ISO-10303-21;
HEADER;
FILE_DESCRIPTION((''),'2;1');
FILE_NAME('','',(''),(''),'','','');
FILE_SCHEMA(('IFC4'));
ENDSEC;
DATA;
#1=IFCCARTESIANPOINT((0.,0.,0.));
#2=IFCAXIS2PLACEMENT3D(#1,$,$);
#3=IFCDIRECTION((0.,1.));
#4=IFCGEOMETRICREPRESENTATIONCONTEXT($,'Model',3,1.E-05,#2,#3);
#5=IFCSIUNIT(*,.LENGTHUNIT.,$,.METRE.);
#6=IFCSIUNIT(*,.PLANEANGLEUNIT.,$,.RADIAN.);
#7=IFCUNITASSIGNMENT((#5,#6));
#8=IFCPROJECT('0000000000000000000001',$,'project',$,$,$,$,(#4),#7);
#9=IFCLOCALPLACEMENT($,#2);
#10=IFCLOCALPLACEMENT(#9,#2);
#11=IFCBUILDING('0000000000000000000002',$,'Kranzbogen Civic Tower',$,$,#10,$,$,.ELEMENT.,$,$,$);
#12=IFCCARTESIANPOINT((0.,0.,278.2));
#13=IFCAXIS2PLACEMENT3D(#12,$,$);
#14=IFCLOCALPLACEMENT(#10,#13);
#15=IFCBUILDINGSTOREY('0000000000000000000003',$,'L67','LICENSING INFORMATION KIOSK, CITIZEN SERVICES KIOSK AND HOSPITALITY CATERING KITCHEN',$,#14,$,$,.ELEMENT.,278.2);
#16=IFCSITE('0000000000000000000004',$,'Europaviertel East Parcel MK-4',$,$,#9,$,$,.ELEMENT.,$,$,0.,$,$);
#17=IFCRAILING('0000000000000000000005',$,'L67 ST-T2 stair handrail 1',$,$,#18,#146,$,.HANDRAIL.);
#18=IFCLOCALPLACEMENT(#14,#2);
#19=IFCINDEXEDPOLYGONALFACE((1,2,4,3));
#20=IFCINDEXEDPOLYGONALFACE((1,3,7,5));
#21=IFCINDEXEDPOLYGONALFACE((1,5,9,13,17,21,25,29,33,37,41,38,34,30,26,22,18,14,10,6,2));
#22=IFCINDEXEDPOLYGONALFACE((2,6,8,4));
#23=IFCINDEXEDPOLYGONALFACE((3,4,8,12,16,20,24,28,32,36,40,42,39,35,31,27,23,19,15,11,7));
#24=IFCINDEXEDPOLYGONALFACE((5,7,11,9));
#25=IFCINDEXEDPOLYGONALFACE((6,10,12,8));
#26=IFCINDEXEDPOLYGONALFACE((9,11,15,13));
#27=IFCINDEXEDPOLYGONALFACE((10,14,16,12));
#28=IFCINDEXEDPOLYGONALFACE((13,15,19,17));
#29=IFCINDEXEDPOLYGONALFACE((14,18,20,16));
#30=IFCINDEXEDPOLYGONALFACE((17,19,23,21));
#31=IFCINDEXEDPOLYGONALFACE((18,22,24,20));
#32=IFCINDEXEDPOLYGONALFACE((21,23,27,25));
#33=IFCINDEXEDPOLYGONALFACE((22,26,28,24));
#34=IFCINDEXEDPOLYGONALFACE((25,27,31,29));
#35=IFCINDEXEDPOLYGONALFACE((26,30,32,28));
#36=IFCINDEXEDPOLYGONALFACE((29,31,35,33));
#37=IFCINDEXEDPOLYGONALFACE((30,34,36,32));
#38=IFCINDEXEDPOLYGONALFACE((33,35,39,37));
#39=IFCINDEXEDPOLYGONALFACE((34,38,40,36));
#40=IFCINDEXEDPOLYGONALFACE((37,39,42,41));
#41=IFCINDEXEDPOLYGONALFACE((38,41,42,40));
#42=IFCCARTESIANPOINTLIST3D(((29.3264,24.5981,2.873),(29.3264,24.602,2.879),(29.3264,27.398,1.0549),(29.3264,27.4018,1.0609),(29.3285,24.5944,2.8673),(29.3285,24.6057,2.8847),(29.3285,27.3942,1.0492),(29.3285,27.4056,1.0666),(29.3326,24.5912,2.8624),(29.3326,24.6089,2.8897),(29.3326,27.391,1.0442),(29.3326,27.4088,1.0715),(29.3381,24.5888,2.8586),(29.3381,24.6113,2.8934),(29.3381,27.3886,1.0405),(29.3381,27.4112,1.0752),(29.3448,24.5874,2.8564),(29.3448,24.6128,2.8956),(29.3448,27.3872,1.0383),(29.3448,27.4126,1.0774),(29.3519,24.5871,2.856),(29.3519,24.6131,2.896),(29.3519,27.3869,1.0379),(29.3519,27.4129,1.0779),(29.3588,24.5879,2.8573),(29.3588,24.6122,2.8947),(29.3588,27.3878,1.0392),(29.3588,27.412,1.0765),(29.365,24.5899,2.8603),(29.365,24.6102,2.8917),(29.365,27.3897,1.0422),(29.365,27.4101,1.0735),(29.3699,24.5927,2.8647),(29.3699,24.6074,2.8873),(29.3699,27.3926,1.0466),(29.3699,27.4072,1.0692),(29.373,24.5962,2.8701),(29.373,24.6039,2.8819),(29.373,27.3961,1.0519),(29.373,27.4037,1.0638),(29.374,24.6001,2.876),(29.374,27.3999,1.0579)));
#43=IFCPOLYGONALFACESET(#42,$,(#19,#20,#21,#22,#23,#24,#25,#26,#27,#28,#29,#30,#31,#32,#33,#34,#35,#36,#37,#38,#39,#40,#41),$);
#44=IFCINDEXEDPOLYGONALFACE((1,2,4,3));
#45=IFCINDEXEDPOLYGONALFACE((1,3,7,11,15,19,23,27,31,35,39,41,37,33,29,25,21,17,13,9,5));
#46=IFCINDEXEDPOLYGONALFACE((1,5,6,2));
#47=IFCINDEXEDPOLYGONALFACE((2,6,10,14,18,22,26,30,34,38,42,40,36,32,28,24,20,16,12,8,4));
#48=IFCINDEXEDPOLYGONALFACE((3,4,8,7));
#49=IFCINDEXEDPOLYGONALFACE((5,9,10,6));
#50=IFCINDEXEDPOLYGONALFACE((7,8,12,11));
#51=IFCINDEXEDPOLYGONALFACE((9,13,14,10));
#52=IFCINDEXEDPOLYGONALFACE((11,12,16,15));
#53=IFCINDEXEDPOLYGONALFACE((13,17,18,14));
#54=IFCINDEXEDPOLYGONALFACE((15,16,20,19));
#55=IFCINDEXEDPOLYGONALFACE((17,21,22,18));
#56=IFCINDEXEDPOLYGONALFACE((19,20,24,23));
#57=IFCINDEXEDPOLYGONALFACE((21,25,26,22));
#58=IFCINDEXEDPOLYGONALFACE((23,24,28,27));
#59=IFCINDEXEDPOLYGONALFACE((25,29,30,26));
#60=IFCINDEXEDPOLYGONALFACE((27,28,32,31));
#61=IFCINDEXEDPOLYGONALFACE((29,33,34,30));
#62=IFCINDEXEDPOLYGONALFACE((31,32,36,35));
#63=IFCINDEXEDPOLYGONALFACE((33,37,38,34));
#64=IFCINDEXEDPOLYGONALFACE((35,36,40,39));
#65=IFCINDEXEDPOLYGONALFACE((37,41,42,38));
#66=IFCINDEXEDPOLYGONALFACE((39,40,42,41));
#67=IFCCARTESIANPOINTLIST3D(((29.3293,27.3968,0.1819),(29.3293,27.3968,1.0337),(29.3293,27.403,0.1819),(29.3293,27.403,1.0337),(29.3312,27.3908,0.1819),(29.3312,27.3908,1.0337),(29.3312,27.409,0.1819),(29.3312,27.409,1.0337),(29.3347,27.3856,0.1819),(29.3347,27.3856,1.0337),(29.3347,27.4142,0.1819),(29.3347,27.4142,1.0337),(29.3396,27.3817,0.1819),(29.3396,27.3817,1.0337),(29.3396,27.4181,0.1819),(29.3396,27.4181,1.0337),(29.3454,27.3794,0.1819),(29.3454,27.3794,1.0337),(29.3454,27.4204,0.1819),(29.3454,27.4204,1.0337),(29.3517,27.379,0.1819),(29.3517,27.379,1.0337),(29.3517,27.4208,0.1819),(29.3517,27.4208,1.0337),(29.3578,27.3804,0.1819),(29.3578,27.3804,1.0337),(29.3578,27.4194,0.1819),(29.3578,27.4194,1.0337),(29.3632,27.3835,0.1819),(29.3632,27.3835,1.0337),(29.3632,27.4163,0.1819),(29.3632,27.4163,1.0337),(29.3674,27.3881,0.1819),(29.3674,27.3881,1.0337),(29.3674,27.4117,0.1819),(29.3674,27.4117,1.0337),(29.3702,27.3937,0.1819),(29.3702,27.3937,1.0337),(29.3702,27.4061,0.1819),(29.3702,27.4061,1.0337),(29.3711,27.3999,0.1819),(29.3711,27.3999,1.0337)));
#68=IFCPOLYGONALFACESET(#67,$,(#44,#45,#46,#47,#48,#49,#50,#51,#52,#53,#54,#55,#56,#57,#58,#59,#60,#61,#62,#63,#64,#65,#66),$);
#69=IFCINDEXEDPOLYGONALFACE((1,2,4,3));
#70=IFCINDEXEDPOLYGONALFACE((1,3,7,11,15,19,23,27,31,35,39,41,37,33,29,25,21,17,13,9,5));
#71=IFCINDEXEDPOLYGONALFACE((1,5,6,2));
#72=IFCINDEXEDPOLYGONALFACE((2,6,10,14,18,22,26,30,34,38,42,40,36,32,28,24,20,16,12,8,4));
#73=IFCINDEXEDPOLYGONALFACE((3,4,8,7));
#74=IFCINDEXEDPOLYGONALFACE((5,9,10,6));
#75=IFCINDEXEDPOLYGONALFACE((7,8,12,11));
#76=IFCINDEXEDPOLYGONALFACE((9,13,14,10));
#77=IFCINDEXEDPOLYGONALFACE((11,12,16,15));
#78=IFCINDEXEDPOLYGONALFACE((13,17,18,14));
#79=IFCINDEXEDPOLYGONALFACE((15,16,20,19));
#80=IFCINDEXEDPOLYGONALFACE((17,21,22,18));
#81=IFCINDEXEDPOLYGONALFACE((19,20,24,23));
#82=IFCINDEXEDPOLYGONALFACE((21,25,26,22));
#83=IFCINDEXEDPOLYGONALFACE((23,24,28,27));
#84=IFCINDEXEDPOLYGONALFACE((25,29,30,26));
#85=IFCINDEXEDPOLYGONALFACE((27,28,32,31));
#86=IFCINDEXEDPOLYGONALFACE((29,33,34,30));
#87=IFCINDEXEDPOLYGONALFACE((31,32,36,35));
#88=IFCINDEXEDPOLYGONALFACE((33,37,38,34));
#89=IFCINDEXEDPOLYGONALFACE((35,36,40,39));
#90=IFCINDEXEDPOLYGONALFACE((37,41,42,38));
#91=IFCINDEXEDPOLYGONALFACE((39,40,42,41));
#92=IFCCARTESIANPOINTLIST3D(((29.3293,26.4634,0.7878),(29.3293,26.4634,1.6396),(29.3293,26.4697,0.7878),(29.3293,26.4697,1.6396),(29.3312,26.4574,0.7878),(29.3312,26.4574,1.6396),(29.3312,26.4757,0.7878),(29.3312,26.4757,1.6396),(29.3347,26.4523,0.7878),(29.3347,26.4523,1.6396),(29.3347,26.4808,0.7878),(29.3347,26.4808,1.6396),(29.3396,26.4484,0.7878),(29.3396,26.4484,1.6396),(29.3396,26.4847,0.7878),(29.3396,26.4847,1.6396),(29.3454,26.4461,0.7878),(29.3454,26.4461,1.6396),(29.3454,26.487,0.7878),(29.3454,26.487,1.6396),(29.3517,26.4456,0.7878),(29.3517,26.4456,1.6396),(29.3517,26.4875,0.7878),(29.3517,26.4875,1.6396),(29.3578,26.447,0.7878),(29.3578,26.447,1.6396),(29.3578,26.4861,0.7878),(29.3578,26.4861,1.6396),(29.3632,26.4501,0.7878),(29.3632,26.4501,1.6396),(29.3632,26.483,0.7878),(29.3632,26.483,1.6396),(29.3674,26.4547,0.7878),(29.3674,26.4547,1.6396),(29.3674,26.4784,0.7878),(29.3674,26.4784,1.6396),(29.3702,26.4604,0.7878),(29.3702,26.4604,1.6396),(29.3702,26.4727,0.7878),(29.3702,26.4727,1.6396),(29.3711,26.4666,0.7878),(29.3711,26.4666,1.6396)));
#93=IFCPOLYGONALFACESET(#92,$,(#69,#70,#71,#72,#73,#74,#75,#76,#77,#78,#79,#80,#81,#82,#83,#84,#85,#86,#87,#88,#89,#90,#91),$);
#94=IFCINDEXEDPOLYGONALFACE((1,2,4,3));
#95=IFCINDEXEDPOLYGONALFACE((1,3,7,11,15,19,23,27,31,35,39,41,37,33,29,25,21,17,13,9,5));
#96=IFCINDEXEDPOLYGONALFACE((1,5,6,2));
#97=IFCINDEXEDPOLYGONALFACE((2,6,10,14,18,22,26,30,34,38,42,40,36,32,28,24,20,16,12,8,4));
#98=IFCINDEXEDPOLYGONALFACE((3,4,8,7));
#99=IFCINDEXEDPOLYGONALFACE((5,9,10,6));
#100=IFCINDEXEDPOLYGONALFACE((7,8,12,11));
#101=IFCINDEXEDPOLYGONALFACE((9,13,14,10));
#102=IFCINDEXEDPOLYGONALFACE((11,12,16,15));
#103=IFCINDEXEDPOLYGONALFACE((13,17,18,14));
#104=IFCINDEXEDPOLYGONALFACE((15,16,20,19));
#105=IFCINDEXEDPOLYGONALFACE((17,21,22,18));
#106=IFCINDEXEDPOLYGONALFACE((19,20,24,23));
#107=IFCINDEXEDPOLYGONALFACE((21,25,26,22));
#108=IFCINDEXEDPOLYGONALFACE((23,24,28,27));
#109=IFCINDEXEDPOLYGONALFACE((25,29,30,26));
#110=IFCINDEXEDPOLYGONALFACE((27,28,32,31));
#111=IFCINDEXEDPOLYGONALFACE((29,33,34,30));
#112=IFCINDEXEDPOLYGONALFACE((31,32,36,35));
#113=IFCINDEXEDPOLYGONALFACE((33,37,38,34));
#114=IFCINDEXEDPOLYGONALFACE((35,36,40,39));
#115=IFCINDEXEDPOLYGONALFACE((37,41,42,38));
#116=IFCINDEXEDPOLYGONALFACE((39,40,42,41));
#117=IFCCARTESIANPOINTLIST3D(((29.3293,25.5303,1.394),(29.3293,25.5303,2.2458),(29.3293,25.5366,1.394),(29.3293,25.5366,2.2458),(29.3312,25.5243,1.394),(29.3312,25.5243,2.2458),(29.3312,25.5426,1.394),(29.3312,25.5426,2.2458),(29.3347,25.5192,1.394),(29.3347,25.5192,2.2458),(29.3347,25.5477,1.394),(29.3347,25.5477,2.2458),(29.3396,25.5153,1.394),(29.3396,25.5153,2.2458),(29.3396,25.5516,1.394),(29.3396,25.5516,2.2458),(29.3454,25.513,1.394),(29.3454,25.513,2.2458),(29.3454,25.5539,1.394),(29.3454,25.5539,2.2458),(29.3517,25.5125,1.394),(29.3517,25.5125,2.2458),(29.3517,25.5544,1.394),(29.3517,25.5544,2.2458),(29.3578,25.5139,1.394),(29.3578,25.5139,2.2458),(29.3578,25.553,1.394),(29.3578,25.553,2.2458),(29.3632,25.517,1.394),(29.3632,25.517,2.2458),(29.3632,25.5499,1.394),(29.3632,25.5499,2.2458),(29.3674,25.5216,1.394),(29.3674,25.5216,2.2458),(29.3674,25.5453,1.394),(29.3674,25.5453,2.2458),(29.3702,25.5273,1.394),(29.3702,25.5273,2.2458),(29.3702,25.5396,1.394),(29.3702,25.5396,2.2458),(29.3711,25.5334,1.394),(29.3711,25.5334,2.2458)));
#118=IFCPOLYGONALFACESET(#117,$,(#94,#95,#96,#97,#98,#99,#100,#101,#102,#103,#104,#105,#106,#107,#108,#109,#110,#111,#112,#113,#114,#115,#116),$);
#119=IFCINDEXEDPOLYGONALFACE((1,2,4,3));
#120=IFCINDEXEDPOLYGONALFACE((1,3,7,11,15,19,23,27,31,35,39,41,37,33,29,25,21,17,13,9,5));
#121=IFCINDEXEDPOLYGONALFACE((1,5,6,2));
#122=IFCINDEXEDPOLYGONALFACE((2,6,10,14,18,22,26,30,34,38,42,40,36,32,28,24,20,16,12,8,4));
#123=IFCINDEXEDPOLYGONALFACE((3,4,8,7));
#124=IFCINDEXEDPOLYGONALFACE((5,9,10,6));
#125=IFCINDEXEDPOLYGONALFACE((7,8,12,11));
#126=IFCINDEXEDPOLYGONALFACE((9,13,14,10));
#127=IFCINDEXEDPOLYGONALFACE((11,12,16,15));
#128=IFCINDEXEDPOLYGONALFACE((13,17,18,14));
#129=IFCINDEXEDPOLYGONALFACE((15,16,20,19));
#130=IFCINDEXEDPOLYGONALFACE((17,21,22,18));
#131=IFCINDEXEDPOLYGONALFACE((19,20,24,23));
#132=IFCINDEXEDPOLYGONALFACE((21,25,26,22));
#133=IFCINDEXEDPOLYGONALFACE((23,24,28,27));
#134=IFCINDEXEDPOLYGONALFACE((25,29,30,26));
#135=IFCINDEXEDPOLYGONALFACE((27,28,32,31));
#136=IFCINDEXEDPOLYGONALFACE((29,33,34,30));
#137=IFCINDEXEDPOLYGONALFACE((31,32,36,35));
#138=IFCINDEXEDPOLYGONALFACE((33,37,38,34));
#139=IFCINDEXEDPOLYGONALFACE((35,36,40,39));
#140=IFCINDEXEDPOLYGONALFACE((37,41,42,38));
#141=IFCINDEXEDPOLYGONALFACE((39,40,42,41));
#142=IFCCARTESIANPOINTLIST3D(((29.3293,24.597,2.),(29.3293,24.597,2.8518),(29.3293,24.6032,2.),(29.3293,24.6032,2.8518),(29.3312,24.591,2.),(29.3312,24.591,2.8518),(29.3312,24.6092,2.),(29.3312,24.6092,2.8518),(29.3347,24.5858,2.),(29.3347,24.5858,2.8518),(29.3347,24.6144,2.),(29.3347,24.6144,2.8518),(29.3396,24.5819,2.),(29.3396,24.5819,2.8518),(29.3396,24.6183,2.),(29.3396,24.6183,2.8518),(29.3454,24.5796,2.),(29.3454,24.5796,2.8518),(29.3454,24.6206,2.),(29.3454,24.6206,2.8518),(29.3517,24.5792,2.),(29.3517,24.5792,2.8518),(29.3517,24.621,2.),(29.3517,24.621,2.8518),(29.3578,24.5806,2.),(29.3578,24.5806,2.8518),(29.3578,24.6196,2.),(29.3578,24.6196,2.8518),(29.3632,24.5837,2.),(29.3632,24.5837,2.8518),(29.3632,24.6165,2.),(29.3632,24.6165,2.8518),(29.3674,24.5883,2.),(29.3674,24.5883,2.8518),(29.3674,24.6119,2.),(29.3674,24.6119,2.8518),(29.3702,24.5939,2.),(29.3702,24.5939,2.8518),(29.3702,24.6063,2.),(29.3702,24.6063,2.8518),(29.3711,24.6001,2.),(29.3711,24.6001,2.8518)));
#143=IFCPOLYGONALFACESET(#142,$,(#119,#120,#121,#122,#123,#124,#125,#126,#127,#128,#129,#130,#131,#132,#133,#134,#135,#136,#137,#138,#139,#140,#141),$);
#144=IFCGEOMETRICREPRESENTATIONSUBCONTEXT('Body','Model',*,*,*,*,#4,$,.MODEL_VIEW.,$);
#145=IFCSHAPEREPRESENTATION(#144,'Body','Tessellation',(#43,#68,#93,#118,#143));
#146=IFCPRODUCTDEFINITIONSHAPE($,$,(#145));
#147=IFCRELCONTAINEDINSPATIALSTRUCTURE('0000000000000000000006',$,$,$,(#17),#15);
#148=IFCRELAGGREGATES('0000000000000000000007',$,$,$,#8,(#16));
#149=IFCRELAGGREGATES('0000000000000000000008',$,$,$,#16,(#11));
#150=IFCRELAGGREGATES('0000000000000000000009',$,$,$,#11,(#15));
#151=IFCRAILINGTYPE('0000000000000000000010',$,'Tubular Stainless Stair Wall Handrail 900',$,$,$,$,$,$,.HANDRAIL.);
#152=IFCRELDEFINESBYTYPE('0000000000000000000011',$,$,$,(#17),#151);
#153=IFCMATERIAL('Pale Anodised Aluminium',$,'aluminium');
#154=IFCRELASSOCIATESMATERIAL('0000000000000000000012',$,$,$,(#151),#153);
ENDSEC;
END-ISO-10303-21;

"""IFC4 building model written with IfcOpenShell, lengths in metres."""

from ifc_helpers import new_model, si_unit, direction, frame, origin, origin_2d, place, context, subcontext, project, spatial, circle, extrude, material, type_object, element, save


model = new_model("IFC4")

# Units and contexts
model_context = context("Model", 3, precision=1e-05, world=origin(), true_north=direction((0.0, 1.0)))
body_context = subcontext(model_context, "Body", "Model", "MODEL_VIEW")
ifc_project = project(units=[si_unit("LENGTHUNIT", "METRE"), si_unit("PLANEANGLEUNIT", "RADIAN")], contexts=[model_context])

# Site, building, storey
site_placement = place(None, origin())
site = spatial("IfcSite", under=ifc_project, at=site_placement, Name="Europaviertel East Parcel MK-4", CompositionType="ELEMENT", RefElevation=0.0)
building_placement = place(site_placement, origin())
building = spatial("IfcBuilding", under=site, at=building_placement, Name="Kranzbogen Civic Tower", CompositionType="ELEMENT")
storey_placement = place(building_placement, frame((0.0, 0.0, 278.2)))
storey = spatial("IfcBuildingStorey", under=building, at=storey_placement, Name="L67", Description="LICENSING INFORMATION KIOSK, CITIZEN SERVICES KIOSK AND HOSPITALITY CATERING KITCHEN", CompositionType="ELEMENT", Elevation=278.2)

# Shared definitions
ifc_material_1 = material(Name="Pale Anodised Aluminium", Category="aluminium")

# Railing
railing_type_1 = type_object("IfcRailingType", Name="Tubular Stainless Stair Wall Handrail 900", PredefinedType="HANDRAIL", material=ifc_material_1)
railing_1_placement = place(storey_placement, frame((29.3501, 27.3999, 0.1819)))
element("IfcRailing", 1, at=railing_1_placement, inside=storey, type_object=railing_type_1, Name="L67 ST-T2 stair handrail 1", PredefinedType="HANDRAIL", context=body_context, shape_type="SweptSolid", body=[
    extrude(circle(Radius=0.0239, at=origin_2d()), frame((0.0, 0.0, 0.876), z_axis=(0.0, -0.838684, 0.544618), x_axis=(1.0, 0.0, 0.0)), (0.0, 0.0, 1.0), 3.3384),
    extrude(circle(Radius=0.021, at=origin_2d()), origin(), (0.0, 0.0, 1.0), 0.8518),
    extrude(circle(Radius=0.021, at=origin_2d()), frame((0.0, -0.9333, 0.606)), (0.0, 0.0, 1.0), 0.8518),
    extrude(circle(Radius=0.021, at=origin_2d()), frame((0.0, -1.8665, 1.2122)), (0.0, 0.0, 1.0), 0.8518),
    extrude(circle(Radius=0.021, at=origin_2d()), frame((0.0, -2.7998, 1.8181)), (0.0, 0.0, 1.0), 0.8518),
])

save(model, "model.ifc")
